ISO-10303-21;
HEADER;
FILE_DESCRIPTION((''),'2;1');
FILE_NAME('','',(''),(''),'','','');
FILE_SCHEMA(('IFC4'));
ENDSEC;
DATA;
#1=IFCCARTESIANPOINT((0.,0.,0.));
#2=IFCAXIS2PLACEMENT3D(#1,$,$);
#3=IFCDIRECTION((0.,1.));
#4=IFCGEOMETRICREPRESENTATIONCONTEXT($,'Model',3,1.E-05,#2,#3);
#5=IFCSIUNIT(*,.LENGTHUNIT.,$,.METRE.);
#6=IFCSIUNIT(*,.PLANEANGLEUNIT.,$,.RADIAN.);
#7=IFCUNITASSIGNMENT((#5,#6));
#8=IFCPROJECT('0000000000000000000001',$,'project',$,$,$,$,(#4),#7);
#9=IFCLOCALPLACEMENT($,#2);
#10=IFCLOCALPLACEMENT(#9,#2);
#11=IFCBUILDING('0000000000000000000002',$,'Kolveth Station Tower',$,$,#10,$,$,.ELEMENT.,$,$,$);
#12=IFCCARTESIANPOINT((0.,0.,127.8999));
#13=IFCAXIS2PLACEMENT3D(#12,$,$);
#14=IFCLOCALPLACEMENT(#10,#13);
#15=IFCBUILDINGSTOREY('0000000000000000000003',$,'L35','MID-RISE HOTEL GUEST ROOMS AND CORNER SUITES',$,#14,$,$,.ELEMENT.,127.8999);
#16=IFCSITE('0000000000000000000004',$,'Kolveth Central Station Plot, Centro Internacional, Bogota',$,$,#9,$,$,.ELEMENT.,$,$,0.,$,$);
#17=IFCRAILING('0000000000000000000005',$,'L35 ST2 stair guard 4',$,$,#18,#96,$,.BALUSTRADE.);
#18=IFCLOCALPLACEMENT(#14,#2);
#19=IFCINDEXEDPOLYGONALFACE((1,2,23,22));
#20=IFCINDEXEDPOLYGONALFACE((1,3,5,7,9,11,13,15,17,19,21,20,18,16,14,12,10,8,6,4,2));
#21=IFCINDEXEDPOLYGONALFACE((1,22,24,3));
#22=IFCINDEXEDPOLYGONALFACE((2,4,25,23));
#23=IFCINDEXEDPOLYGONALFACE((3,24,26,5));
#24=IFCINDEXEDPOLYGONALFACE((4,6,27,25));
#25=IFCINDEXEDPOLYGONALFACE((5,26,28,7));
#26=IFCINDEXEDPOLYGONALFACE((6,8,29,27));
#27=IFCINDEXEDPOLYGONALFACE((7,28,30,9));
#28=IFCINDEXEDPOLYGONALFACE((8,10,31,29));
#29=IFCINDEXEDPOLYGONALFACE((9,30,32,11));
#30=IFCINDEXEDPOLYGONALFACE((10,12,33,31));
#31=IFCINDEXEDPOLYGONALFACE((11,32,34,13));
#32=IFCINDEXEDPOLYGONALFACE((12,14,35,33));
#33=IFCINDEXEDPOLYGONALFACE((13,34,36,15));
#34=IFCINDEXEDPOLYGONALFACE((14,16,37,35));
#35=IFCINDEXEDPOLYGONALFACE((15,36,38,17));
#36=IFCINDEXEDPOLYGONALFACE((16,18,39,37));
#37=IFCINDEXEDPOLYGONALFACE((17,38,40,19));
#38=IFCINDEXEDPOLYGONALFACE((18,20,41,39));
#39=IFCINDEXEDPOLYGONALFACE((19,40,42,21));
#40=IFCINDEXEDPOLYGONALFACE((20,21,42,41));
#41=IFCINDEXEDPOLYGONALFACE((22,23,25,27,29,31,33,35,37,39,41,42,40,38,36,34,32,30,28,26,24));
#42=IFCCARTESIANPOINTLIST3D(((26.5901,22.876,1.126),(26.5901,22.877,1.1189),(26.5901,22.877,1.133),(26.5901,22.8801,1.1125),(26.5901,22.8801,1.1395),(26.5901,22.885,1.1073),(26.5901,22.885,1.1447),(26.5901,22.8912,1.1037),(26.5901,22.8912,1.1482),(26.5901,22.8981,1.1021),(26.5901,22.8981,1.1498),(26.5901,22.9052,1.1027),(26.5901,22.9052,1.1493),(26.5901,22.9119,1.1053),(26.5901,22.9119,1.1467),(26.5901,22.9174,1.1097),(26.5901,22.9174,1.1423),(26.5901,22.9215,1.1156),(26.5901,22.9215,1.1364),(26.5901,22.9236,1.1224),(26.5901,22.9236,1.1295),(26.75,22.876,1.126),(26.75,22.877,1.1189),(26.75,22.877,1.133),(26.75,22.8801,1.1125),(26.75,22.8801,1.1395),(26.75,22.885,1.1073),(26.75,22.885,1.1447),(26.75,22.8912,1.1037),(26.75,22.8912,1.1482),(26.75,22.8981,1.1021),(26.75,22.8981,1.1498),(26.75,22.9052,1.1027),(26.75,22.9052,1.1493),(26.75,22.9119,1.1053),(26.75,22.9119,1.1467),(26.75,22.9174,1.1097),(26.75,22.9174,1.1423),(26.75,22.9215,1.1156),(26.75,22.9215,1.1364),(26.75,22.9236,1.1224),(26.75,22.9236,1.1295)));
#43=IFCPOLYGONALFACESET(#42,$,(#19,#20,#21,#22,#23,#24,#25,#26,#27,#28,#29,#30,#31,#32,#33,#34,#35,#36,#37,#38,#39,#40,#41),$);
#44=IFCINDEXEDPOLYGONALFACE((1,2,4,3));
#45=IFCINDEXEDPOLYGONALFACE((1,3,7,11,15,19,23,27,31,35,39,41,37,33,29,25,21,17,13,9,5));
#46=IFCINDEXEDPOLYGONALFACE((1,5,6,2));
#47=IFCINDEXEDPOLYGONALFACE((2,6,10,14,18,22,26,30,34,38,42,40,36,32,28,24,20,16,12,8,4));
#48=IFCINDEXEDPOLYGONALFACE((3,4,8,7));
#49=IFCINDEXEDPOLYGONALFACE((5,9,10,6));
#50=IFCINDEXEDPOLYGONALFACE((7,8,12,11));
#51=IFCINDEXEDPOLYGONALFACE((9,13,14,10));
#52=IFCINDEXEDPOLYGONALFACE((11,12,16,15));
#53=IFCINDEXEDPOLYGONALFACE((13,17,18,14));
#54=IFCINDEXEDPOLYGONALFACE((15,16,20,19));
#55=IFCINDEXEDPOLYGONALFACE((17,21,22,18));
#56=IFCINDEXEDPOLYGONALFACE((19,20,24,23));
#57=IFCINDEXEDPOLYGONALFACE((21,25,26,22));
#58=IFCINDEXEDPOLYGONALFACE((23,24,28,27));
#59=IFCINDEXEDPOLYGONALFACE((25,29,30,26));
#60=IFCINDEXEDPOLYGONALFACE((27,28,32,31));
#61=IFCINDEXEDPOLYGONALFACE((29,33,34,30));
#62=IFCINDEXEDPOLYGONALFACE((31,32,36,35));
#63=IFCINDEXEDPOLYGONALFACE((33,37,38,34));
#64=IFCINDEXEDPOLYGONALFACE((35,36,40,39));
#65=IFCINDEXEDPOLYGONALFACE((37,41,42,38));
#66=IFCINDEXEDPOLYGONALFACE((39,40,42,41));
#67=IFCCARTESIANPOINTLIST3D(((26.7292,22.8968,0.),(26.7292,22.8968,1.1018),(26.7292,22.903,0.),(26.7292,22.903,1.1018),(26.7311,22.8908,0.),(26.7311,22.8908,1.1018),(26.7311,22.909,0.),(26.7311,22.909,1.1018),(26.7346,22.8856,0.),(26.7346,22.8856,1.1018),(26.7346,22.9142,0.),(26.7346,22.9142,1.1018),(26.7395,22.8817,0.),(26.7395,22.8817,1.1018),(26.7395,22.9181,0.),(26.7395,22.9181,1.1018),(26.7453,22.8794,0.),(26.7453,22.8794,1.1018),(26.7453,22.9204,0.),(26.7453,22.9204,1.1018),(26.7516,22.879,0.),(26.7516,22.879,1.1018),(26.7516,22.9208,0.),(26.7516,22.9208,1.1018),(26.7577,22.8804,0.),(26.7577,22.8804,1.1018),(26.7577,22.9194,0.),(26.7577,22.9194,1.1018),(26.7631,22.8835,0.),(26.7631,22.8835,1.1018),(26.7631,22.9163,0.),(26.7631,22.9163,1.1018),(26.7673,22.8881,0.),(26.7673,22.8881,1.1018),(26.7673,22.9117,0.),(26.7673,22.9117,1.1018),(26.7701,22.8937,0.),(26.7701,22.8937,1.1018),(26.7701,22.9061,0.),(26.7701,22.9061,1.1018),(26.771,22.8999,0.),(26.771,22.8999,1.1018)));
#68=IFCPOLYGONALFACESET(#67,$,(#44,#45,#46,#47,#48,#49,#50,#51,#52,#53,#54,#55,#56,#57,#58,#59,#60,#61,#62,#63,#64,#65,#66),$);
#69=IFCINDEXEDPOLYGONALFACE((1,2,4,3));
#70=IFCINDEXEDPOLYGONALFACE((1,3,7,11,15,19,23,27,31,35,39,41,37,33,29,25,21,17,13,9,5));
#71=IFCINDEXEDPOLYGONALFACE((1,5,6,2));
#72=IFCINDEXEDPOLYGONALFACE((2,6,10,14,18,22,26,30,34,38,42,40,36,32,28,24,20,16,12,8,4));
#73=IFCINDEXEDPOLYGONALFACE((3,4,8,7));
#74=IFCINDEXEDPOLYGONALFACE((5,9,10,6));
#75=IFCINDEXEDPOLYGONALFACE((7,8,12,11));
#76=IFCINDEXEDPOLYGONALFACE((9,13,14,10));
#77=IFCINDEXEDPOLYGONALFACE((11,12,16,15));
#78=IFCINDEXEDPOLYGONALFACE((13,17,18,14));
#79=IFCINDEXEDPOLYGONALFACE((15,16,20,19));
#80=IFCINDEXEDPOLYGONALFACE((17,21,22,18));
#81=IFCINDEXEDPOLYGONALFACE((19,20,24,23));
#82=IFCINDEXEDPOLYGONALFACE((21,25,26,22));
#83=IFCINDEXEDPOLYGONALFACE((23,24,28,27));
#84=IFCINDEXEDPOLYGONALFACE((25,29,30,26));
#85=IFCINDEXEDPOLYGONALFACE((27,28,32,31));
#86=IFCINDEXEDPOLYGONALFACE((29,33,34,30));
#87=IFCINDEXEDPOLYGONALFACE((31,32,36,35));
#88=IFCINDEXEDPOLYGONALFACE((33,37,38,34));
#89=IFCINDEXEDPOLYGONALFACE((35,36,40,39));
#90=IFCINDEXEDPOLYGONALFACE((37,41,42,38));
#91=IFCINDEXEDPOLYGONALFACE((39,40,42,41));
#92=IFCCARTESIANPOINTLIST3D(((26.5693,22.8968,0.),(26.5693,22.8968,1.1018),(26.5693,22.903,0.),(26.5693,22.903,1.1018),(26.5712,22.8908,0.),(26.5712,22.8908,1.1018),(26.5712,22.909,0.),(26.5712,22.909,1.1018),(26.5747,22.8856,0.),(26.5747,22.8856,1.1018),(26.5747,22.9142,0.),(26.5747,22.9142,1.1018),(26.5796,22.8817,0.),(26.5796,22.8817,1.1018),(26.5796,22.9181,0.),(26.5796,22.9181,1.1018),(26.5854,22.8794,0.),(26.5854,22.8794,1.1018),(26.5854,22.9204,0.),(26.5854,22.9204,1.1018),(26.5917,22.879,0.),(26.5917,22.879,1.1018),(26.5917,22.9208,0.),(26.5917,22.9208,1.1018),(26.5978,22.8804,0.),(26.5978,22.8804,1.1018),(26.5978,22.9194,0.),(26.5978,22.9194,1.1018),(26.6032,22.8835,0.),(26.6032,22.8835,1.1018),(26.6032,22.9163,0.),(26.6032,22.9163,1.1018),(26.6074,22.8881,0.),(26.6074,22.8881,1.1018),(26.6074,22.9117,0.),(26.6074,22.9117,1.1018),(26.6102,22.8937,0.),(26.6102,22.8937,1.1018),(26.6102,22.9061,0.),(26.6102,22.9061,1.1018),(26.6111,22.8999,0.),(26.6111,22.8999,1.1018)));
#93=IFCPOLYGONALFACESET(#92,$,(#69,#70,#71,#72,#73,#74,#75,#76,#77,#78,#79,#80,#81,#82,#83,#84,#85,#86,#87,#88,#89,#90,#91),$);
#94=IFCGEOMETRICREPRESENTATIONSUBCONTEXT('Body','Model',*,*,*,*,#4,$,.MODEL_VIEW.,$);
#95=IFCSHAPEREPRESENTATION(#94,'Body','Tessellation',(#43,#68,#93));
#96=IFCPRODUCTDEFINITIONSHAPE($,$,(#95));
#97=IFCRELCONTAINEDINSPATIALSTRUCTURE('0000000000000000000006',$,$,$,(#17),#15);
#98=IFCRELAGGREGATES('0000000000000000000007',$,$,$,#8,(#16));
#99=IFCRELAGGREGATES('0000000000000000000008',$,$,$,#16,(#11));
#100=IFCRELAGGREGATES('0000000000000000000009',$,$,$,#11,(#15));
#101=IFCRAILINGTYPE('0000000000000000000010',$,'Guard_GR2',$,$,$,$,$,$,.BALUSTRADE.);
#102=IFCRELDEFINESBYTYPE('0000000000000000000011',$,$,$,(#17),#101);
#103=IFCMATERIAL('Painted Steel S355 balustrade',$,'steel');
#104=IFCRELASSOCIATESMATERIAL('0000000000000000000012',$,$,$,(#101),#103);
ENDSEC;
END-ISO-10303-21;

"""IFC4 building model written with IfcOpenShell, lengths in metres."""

from ifc_helpers import new_model, si_unit, direction, frame, origin, origin_2d, place, context, subcontext, project, spatial, circle, extrude, material, type_object, element, save


model = new_model("IFC4")

# Units and contexts
model_context = context("Model", 3, precision=1e-05, world=origin(), true_north=direction((0.0, 1.0)))
body_context = subcontext(model_context, "Body", "Model", "MODEL_VIEW")
ifc_project = project(units=[si_unit("LENGTHUNIT", "METRE"), si_unit("PLANEANGLEUNIT", "RADIAN")], contexts=[model_context])

# Site, building, storey
site_placement = place(None, origin())
site = spatial("IfcSite", under=ifc_project, at=site_placement, Name="Kolveth Central Station Plot, Centro Internacional, Bogota", CompositionType="ELEMENT", RefElevation=0.0)
building_placement = place(site_placement, origin())
building = spatial("IfcBuilding", under=site, at=building_placement, Name="Kolveth Station Tower", CompositionType="ELEMENT")
storey_placement = place(building_placement, frame((0.0, 0.0, 127.8999)))
storey = spatial("IfcBuildingStorey", under=building, at=storey_placement, Name="L35", Description="MID-RISE HOTEL GUEST ROOMS AND CORNER SUITES", CompositionType="ELEMENT", Elevation=127.8999)

# Railing
ifc_material_1 = material(Name="Painted Steel S355 balustrade", Category="steel")
railing_type_1 = type_object("IfcRailingType", Name="Guard_GR2", PredefinedType="BALUSTRADE", material=ifc_material_1)
railing_1_placement = place(storey_placement, frame((26.75, 22.8999, 0.0)))
element("IfcRailing", 1, at=railing_1_placement, inside=storey, type_object=railing_type_1, Name="L35 ST2 stair guard 4", PredefinedType="BALUSTRADE", context=body_context, shape_type="SweptSolid", body=[
    extrude(circle(Radius=0.0239, at=origin_2d()), frame((0.0, 0.0, 1.126), z_axis=(-1.0, 0.0, 0.0), x_axis=(0.0, -1.0, 0.0)), (0.0, 0.0, 1.0), 0.1599),
    extrude(circle(Radius=0.021, at=origin_2d()), origin(), (0.0, 0.0, 1.0), 1.1018),
    extrude(circle(Radius=0.021, at=origin_2d()), frame((-0.1599, 0.0, 0.0)), (0.0, 0.0, 1.0), 1.1018),
])

save(model, "model.ifc")
